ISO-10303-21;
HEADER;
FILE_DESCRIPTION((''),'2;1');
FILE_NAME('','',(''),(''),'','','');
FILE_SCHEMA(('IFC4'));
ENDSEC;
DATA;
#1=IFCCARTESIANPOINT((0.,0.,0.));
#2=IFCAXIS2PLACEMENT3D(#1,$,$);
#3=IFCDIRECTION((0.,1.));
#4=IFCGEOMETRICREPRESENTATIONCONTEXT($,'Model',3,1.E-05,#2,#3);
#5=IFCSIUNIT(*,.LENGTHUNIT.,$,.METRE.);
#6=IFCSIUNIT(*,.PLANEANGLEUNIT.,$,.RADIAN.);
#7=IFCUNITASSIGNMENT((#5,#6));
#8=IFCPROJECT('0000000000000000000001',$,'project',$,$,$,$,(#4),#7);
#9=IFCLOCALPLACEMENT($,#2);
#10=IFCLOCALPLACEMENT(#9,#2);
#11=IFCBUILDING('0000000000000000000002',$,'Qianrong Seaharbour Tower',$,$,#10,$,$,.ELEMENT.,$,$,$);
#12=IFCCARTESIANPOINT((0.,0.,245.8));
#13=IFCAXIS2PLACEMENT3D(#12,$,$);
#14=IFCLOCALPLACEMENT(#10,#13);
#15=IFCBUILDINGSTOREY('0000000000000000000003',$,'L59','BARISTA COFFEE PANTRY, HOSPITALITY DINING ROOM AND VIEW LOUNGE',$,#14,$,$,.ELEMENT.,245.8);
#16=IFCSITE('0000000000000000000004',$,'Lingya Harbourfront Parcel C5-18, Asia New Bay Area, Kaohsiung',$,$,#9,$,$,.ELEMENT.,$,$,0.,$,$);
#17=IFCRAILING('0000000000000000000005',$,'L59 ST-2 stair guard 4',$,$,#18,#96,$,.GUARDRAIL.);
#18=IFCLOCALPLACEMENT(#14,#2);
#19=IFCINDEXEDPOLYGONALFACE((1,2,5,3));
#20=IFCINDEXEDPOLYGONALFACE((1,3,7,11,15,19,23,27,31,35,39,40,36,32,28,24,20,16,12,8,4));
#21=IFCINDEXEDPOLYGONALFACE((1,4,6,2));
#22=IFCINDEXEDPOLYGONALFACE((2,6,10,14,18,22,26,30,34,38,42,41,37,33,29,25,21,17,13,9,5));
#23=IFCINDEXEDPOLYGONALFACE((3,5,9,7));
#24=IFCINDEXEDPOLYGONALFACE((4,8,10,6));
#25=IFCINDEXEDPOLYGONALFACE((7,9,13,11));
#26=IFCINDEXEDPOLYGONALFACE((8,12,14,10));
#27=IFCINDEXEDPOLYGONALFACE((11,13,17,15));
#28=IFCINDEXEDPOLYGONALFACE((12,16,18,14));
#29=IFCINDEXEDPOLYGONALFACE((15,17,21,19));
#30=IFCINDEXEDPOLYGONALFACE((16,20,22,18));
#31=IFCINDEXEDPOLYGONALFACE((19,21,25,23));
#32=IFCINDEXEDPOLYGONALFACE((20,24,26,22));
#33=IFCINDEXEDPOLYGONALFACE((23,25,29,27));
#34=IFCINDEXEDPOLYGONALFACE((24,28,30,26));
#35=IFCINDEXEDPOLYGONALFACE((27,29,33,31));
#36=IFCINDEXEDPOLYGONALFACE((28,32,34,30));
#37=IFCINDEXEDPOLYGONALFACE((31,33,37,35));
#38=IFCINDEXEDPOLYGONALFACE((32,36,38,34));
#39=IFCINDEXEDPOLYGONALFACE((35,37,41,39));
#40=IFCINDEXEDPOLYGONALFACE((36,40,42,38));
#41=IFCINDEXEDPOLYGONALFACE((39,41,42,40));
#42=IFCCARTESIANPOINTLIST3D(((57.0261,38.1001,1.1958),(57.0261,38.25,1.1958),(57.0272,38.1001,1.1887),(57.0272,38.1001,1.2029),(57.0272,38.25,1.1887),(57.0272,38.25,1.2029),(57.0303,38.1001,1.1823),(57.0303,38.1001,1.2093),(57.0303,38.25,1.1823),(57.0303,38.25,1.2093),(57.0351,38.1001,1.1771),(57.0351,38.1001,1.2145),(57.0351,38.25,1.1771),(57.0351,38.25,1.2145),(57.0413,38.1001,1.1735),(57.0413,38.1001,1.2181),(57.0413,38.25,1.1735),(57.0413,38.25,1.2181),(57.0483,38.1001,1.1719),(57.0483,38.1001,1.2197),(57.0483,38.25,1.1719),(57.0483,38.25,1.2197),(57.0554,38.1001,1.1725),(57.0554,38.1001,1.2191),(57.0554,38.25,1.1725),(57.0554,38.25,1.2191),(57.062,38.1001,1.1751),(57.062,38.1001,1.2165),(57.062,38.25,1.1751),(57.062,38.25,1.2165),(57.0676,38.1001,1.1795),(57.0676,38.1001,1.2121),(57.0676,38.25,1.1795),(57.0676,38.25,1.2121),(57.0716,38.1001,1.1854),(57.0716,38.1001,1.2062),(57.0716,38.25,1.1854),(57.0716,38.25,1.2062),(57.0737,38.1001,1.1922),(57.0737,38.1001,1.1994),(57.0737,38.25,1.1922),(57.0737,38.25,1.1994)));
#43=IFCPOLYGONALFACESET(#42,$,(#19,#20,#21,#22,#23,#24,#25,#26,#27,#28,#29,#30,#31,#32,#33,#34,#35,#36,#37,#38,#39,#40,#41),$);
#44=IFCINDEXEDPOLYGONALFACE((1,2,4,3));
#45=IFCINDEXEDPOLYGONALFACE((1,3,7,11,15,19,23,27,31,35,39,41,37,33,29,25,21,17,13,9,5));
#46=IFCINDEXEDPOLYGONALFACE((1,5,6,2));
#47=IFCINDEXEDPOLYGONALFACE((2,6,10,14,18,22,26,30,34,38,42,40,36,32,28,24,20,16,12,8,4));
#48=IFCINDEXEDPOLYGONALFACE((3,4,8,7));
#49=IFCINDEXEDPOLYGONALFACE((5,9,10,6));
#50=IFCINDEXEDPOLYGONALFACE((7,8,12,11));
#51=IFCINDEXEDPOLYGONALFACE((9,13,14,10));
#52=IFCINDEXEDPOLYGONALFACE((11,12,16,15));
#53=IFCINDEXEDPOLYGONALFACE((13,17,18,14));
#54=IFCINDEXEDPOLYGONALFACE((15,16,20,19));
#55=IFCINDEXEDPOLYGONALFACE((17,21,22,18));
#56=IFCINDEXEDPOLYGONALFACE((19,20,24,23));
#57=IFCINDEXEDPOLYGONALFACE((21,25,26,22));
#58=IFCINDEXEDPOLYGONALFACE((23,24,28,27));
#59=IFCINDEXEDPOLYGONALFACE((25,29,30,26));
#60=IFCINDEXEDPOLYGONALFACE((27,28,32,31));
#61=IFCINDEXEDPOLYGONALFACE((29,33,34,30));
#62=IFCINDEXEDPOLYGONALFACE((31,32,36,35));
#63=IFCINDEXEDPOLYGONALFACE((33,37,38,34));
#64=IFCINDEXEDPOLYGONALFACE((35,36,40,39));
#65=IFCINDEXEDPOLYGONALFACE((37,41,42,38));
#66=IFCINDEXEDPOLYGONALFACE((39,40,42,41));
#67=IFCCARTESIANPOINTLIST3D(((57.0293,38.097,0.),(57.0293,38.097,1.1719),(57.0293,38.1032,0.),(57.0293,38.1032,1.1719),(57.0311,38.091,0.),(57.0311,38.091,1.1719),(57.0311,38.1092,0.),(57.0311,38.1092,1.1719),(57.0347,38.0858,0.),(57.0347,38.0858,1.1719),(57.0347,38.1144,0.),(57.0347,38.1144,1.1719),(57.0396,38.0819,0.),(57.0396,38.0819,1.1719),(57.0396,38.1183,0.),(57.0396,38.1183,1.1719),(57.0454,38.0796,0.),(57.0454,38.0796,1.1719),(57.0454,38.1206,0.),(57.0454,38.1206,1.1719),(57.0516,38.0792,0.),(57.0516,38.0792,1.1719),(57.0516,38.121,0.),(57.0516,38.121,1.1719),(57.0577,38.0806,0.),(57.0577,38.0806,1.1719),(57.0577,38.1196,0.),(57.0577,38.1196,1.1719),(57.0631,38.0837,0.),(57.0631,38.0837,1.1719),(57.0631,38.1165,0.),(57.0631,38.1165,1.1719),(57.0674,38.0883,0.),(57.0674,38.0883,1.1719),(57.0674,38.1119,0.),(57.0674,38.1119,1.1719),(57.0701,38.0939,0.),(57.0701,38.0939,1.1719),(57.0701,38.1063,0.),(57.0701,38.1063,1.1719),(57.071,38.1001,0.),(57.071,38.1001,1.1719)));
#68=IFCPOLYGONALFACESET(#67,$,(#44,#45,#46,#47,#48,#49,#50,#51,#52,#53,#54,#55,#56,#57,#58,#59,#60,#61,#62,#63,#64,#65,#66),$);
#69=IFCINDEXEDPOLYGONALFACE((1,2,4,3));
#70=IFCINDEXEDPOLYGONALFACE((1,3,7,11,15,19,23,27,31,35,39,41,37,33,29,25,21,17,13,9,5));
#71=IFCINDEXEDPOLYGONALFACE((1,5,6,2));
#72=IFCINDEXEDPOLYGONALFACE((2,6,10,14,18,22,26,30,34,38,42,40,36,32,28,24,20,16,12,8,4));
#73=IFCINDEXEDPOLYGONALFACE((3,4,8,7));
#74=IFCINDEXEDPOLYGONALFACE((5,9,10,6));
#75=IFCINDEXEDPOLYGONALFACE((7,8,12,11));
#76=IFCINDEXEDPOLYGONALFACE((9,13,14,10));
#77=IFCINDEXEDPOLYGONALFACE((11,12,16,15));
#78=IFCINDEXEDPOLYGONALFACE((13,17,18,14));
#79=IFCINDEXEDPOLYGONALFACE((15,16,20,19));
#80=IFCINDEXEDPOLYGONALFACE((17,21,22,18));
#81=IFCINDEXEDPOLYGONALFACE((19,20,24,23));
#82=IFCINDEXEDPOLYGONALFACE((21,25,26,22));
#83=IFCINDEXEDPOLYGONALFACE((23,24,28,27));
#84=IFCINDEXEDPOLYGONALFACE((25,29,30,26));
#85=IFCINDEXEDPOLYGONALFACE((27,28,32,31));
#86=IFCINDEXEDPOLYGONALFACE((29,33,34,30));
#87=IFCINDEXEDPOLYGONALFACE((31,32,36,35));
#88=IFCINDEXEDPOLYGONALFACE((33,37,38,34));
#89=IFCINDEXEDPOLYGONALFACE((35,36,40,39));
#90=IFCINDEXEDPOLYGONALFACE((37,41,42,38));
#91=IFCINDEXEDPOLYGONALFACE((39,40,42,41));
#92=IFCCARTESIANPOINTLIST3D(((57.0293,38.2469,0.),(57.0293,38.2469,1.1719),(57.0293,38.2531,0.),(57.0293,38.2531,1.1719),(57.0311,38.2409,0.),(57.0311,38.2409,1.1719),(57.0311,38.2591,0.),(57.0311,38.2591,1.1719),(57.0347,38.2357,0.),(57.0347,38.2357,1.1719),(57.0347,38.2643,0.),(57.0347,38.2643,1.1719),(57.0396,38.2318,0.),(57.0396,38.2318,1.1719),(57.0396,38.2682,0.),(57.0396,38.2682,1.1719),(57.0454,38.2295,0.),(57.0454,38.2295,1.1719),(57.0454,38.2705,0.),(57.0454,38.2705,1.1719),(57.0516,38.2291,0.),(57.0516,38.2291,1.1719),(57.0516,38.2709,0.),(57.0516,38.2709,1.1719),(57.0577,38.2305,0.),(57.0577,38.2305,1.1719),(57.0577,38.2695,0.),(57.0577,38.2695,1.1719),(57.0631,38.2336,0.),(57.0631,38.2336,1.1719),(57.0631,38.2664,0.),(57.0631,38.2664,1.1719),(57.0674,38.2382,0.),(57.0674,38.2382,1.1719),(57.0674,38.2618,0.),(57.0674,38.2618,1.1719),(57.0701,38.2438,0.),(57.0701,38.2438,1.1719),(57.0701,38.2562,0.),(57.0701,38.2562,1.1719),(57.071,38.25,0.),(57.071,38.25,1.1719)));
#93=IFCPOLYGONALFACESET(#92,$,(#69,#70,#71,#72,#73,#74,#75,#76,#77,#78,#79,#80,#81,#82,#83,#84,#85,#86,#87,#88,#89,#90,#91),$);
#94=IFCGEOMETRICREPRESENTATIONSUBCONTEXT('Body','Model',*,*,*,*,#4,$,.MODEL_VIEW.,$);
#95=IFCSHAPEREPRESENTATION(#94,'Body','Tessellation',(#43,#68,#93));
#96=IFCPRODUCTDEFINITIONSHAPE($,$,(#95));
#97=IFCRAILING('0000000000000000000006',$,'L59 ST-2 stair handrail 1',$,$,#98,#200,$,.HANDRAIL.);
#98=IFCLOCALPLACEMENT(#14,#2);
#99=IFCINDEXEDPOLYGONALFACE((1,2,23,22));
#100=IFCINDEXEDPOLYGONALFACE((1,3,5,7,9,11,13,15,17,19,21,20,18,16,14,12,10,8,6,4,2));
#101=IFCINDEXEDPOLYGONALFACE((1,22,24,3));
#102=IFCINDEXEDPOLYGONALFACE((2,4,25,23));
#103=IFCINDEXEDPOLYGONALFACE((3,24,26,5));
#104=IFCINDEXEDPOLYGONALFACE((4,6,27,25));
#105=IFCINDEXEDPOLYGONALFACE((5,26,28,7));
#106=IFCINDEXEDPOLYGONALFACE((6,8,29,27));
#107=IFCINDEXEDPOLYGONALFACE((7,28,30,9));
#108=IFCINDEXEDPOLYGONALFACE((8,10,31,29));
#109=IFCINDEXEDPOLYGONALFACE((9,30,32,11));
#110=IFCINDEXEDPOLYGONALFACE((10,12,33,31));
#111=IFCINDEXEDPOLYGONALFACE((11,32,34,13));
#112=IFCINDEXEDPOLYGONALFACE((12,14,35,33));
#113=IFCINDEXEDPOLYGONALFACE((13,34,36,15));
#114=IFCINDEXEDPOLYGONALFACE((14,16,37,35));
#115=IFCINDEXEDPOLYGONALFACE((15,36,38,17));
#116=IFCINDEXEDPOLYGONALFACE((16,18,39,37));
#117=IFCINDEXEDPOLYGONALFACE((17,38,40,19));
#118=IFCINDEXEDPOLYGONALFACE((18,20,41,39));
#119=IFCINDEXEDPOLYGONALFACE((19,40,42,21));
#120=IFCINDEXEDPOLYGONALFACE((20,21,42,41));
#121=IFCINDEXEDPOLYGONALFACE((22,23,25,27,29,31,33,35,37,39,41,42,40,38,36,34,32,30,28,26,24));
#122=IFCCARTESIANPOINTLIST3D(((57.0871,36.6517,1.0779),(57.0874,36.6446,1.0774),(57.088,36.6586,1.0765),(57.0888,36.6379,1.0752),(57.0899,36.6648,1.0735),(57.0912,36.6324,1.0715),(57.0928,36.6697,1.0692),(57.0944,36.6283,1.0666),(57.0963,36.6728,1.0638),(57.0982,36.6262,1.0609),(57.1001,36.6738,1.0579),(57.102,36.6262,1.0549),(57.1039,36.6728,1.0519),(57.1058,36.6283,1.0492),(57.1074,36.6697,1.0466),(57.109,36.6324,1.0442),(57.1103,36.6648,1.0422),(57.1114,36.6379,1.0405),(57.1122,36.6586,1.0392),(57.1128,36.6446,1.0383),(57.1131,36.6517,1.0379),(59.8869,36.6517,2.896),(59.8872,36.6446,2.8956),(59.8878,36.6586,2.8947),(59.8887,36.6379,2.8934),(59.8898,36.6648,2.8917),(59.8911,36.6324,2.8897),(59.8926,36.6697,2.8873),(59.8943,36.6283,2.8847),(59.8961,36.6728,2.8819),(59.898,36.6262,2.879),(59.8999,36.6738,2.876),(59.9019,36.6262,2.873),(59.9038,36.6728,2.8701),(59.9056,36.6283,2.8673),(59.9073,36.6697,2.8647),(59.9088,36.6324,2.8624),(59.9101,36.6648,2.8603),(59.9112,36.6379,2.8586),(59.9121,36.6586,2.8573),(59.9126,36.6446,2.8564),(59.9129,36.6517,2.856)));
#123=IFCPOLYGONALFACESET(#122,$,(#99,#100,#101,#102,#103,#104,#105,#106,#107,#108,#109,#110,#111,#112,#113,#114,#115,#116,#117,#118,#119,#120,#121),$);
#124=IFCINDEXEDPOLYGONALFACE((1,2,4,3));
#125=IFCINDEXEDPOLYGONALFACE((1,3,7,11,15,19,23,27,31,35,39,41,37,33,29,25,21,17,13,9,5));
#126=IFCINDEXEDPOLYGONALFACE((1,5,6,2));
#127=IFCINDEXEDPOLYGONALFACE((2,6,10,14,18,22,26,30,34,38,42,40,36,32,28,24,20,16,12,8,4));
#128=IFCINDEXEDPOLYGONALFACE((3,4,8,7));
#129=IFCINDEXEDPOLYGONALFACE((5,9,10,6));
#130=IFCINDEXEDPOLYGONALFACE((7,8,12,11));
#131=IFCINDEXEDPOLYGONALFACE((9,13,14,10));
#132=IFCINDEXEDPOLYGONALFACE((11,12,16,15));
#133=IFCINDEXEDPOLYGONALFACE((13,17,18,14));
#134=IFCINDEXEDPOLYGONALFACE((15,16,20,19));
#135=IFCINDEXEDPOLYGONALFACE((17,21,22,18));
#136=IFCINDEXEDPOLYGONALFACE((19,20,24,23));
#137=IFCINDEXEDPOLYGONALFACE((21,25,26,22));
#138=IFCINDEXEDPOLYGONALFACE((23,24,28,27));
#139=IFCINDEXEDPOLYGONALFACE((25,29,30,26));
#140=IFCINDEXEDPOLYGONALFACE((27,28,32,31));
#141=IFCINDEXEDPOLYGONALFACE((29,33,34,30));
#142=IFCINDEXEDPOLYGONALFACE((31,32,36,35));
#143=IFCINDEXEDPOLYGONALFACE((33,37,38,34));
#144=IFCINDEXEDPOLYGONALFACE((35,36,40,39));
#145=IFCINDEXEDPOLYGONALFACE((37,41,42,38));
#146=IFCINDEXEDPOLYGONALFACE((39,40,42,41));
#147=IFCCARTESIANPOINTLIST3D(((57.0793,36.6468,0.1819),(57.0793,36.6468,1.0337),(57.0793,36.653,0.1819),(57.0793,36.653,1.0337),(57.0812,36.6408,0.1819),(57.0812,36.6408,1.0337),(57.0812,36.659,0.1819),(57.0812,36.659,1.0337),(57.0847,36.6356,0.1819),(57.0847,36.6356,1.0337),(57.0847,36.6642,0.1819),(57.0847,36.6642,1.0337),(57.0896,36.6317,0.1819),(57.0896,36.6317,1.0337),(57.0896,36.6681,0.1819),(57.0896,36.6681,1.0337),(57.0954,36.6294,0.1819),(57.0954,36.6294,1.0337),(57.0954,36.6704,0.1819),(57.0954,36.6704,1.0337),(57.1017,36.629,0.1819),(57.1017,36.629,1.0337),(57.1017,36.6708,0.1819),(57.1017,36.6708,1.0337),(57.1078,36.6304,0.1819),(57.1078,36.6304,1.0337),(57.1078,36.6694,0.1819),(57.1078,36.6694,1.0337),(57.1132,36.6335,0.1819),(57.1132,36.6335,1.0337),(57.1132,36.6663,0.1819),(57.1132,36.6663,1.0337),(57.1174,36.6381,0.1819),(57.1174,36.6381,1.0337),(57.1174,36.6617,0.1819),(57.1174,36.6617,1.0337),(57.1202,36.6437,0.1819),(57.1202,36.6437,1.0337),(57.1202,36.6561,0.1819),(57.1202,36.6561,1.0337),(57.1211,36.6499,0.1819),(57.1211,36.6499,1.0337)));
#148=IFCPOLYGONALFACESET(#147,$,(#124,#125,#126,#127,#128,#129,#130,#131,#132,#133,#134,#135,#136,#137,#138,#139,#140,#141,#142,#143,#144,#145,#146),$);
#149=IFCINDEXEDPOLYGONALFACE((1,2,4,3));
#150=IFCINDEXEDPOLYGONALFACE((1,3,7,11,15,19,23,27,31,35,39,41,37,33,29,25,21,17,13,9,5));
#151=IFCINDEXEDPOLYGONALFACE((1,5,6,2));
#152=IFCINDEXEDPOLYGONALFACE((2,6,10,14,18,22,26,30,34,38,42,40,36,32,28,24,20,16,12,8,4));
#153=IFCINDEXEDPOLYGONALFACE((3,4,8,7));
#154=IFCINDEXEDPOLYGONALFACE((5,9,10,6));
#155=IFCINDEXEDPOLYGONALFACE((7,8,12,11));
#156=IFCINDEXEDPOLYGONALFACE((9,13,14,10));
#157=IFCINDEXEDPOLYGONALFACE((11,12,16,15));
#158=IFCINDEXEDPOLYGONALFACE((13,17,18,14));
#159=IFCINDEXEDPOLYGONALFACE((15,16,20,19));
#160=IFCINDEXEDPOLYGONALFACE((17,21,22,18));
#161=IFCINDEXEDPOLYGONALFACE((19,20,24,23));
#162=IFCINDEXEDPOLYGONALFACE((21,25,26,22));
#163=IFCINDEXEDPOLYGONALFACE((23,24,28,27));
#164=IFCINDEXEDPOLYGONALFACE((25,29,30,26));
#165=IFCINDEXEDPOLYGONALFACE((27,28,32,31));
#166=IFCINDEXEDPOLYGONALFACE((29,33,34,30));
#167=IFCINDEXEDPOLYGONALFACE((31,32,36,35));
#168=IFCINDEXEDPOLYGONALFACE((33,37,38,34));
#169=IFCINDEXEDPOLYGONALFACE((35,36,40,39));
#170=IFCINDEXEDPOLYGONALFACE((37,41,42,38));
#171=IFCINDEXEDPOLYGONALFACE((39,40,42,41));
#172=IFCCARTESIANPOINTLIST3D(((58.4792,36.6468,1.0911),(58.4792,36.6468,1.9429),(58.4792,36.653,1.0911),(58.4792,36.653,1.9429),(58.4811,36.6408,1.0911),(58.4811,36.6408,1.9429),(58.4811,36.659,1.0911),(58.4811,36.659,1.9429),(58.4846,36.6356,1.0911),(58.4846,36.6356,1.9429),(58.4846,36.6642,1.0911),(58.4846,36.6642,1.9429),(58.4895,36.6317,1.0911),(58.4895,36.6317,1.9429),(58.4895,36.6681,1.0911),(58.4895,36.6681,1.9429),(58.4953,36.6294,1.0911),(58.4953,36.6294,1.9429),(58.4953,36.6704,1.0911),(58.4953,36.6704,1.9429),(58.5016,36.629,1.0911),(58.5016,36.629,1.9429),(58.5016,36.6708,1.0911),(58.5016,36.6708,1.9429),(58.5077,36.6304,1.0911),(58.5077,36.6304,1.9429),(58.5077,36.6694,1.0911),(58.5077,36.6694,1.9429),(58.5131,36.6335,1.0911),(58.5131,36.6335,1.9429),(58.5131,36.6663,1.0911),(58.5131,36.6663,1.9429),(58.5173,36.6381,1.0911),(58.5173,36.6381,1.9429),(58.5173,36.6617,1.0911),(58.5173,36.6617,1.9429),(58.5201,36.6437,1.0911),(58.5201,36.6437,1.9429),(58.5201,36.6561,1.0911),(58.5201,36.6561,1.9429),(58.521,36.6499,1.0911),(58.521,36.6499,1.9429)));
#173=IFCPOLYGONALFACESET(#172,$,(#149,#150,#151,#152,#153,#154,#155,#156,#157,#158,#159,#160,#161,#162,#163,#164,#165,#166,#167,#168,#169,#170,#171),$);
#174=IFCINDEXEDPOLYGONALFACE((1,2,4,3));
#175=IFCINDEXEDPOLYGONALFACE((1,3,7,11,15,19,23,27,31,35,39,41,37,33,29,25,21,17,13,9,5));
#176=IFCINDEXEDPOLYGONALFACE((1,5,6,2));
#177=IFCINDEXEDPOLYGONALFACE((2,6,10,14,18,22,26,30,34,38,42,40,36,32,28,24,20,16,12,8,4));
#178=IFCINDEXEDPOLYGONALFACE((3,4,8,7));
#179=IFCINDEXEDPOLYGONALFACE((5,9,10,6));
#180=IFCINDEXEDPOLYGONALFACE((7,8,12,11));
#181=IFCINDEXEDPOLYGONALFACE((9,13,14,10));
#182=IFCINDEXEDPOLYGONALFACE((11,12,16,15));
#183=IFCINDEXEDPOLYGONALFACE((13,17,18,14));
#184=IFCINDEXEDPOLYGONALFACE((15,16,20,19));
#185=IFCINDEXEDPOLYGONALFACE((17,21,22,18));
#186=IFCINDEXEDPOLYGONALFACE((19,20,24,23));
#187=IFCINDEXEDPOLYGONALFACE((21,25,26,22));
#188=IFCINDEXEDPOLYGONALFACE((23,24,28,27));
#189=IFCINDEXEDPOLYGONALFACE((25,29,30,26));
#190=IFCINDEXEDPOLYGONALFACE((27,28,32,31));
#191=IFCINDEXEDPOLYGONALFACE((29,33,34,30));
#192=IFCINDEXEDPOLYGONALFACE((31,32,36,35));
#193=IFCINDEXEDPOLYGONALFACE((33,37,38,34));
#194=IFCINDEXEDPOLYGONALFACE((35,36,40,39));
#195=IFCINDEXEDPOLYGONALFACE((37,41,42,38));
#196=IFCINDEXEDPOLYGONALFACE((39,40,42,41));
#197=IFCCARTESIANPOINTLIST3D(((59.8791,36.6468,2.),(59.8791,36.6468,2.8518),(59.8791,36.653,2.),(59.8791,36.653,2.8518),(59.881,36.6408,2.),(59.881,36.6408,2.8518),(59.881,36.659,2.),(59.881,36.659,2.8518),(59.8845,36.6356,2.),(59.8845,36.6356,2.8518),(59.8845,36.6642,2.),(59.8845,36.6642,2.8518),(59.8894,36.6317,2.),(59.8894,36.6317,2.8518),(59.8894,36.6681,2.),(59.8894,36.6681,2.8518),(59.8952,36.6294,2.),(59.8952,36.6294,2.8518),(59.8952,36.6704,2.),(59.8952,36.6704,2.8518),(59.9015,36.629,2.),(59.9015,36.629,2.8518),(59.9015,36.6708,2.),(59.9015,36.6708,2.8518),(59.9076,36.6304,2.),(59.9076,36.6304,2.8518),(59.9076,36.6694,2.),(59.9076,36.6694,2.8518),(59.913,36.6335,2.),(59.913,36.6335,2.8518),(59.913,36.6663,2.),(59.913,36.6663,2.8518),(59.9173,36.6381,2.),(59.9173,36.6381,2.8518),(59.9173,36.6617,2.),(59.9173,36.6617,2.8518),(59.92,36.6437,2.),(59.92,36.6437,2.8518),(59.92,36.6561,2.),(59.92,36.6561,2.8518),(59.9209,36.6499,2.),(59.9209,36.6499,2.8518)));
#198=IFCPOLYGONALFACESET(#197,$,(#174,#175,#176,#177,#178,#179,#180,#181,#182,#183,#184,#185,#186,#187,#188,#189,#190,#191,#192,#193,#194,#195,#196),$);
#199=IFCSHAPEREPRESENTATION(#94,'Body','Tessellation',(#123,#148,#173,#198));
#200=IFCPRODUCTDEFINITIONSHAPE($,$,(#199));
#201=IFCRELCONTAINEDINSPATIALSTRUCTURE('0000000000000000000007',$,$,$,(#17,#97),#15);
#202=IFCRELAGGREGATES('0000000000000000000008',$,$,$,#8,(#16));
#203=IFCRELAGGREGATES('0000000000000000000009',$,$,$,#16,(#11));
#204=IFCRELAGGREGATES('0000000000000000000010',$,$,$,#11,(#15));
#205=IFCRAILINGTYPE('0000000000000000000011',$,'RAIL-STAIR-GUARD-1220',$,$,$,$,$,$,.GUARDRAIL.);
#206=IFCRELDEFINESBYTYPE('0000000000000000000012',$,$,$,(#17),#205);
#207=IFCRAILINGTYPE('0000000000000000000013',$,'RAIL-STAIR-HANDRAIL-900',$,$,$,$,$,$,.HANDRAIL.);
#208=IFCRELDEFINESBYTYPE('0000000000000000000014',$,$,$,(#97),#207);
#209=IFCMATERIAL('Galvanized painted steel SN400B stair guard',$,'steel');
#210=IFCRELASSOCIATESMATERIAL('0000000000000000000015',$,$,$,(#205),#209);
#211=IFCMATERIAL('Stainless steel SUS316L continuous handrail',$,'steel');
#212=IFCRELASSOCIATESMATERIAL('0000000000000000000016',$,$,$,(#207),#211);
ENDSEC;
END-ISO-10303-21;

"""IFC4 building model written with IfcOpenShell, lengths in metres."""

from ifc_helpers import new_model, si_unit, direction, frame, origin, origin_2d, place, context, subcontext, project, spatial, circle, extrude, material, type_object, element, save


model = new_model("IFC4")

# Units and contexts
model_context = context("Model", 3, precision=1e-05, world=origin(), true_north=direction((0.0, 1.0)))
body_context = subcontext(model_context, "Body", "Model", "MODEL_VIEW")
ifc_project = project(units=[si_unit("LENGTHUNIT", "METRE"), si_unit("PLANEANGLEUNIT", "RADIAN")], contexts=[model_context])

# Site, building, storey
site_placement = place(None, origin())
site = spatial("IfcSite", under=ifc_project, at=site_placement, Name="Lingya Harbourfront Parcel C5-18, Asia New Bay Area, Kaohsiung", CompositionType="ELEMENT", RefElevation=0.0)
building_placement = place(site_placement, origin())
building = spatial("IfcBuilding", under=site, at=building_placement, Name="Qianrong Seaharbour Tower", CompositionType="ELEMENT")
storey_placement = place(building_placement, frame((0.0, 0.0, 245.8)))
storey = spatial("IfcBuildingStorey", under=building, at=storey_placement, Name="L59", Description="BARISTA COFFEE PANTRY, HOSPITALITY DINING ROOM AND VIEW LOUNGE", CompositionType="ELEMENT", Elevation=245.8)

# Railings
ifc_material_1 = material(Name="Galvanized painted steel SN400B stair guard", Category="steel")
railing_type_1 = type_object("IfcRailingType", Name="RAIL-STAIR-GUARD-1220", PredefinedType="GUARDRAIL", material=ifc_material_1)
railing_1_placement = place(storey_placement, frame((57.05, 38.1001, 0.0)))
element("IfcRailing", 1, at=railing_1_placement, inside=storey, type_object=railing_type_1, Name="L59 ST-2 stair guard 4", PredefinedType="GUARDRAIL", context=body_context, shape_type="SweptSolid", body=[
    extrude(circle(Radius=0.0239, at=origin_2d()), frame((0.0, 0.0, 1.1958), z_axis=(0.0, 1.0, 0.0), x_axis=(-1.0, 0.0, 0.0)), (0.0, 0.0, 1.0), 0.1499),
    extrude(circle(Radius=0.021, at=origin_2d()), origin(), (0.0, 0.0, 1.0), 1.1719),
    extrude(circle(Radius=0.021, at=origin_2d()), frame((0.0, 0.1499, 0.0)), (0.0, 0.0, 1.0), 1.1719),
])
ifc_material_2 = material(Name="Stainless steel SUS316L continuous handrail", Category="steel")
railing_type_2 = type_object("IfcRailingType", Name="RAIL-STAIR-HANDRAIL-900", PredefinedType="HANDRAIL", material=ifc_material_2)
railing_2_placement = place(storey_placement, frame((57.1001, 36.6499, 0.1819)))
element("IfcRailing", 2, at=railing_2_placement, inside=storey, type_object=railing_type_2, Name="L59 ST-2 stair handrail 1", PredefinedType="HANDRAIL", context=body_context, shape_type="SweptSolid", body=[
    extrude(circle(Radius=0.0239, at=origin_2d()), frame((0.0, 0.0, 0.876), z_axis=(0.838684, 0.0, 0.544618), x_axis=(0.0, 1.0, 0.0)), (0.0, 0.0, 1.0), 3.3384),
    extrude(circle(Radius=0.021, at=origin_2d()), origin(), (0.0, 0.0, 1.0), 0.8518),
    extrude(circle(Radius=0.021, at=origin_2d()), frame((1.3999, 0.0, 0.9092)), (0.0, 0.0, 1.0), 0.8518),
    extrude(circle(Radius=0.021, at=origin_2d()), frame((2.7998, 0.0, 1.8181)), (0.0, 0.0, 1.0), 0.8518),
])

save(model, "model.ifc")
